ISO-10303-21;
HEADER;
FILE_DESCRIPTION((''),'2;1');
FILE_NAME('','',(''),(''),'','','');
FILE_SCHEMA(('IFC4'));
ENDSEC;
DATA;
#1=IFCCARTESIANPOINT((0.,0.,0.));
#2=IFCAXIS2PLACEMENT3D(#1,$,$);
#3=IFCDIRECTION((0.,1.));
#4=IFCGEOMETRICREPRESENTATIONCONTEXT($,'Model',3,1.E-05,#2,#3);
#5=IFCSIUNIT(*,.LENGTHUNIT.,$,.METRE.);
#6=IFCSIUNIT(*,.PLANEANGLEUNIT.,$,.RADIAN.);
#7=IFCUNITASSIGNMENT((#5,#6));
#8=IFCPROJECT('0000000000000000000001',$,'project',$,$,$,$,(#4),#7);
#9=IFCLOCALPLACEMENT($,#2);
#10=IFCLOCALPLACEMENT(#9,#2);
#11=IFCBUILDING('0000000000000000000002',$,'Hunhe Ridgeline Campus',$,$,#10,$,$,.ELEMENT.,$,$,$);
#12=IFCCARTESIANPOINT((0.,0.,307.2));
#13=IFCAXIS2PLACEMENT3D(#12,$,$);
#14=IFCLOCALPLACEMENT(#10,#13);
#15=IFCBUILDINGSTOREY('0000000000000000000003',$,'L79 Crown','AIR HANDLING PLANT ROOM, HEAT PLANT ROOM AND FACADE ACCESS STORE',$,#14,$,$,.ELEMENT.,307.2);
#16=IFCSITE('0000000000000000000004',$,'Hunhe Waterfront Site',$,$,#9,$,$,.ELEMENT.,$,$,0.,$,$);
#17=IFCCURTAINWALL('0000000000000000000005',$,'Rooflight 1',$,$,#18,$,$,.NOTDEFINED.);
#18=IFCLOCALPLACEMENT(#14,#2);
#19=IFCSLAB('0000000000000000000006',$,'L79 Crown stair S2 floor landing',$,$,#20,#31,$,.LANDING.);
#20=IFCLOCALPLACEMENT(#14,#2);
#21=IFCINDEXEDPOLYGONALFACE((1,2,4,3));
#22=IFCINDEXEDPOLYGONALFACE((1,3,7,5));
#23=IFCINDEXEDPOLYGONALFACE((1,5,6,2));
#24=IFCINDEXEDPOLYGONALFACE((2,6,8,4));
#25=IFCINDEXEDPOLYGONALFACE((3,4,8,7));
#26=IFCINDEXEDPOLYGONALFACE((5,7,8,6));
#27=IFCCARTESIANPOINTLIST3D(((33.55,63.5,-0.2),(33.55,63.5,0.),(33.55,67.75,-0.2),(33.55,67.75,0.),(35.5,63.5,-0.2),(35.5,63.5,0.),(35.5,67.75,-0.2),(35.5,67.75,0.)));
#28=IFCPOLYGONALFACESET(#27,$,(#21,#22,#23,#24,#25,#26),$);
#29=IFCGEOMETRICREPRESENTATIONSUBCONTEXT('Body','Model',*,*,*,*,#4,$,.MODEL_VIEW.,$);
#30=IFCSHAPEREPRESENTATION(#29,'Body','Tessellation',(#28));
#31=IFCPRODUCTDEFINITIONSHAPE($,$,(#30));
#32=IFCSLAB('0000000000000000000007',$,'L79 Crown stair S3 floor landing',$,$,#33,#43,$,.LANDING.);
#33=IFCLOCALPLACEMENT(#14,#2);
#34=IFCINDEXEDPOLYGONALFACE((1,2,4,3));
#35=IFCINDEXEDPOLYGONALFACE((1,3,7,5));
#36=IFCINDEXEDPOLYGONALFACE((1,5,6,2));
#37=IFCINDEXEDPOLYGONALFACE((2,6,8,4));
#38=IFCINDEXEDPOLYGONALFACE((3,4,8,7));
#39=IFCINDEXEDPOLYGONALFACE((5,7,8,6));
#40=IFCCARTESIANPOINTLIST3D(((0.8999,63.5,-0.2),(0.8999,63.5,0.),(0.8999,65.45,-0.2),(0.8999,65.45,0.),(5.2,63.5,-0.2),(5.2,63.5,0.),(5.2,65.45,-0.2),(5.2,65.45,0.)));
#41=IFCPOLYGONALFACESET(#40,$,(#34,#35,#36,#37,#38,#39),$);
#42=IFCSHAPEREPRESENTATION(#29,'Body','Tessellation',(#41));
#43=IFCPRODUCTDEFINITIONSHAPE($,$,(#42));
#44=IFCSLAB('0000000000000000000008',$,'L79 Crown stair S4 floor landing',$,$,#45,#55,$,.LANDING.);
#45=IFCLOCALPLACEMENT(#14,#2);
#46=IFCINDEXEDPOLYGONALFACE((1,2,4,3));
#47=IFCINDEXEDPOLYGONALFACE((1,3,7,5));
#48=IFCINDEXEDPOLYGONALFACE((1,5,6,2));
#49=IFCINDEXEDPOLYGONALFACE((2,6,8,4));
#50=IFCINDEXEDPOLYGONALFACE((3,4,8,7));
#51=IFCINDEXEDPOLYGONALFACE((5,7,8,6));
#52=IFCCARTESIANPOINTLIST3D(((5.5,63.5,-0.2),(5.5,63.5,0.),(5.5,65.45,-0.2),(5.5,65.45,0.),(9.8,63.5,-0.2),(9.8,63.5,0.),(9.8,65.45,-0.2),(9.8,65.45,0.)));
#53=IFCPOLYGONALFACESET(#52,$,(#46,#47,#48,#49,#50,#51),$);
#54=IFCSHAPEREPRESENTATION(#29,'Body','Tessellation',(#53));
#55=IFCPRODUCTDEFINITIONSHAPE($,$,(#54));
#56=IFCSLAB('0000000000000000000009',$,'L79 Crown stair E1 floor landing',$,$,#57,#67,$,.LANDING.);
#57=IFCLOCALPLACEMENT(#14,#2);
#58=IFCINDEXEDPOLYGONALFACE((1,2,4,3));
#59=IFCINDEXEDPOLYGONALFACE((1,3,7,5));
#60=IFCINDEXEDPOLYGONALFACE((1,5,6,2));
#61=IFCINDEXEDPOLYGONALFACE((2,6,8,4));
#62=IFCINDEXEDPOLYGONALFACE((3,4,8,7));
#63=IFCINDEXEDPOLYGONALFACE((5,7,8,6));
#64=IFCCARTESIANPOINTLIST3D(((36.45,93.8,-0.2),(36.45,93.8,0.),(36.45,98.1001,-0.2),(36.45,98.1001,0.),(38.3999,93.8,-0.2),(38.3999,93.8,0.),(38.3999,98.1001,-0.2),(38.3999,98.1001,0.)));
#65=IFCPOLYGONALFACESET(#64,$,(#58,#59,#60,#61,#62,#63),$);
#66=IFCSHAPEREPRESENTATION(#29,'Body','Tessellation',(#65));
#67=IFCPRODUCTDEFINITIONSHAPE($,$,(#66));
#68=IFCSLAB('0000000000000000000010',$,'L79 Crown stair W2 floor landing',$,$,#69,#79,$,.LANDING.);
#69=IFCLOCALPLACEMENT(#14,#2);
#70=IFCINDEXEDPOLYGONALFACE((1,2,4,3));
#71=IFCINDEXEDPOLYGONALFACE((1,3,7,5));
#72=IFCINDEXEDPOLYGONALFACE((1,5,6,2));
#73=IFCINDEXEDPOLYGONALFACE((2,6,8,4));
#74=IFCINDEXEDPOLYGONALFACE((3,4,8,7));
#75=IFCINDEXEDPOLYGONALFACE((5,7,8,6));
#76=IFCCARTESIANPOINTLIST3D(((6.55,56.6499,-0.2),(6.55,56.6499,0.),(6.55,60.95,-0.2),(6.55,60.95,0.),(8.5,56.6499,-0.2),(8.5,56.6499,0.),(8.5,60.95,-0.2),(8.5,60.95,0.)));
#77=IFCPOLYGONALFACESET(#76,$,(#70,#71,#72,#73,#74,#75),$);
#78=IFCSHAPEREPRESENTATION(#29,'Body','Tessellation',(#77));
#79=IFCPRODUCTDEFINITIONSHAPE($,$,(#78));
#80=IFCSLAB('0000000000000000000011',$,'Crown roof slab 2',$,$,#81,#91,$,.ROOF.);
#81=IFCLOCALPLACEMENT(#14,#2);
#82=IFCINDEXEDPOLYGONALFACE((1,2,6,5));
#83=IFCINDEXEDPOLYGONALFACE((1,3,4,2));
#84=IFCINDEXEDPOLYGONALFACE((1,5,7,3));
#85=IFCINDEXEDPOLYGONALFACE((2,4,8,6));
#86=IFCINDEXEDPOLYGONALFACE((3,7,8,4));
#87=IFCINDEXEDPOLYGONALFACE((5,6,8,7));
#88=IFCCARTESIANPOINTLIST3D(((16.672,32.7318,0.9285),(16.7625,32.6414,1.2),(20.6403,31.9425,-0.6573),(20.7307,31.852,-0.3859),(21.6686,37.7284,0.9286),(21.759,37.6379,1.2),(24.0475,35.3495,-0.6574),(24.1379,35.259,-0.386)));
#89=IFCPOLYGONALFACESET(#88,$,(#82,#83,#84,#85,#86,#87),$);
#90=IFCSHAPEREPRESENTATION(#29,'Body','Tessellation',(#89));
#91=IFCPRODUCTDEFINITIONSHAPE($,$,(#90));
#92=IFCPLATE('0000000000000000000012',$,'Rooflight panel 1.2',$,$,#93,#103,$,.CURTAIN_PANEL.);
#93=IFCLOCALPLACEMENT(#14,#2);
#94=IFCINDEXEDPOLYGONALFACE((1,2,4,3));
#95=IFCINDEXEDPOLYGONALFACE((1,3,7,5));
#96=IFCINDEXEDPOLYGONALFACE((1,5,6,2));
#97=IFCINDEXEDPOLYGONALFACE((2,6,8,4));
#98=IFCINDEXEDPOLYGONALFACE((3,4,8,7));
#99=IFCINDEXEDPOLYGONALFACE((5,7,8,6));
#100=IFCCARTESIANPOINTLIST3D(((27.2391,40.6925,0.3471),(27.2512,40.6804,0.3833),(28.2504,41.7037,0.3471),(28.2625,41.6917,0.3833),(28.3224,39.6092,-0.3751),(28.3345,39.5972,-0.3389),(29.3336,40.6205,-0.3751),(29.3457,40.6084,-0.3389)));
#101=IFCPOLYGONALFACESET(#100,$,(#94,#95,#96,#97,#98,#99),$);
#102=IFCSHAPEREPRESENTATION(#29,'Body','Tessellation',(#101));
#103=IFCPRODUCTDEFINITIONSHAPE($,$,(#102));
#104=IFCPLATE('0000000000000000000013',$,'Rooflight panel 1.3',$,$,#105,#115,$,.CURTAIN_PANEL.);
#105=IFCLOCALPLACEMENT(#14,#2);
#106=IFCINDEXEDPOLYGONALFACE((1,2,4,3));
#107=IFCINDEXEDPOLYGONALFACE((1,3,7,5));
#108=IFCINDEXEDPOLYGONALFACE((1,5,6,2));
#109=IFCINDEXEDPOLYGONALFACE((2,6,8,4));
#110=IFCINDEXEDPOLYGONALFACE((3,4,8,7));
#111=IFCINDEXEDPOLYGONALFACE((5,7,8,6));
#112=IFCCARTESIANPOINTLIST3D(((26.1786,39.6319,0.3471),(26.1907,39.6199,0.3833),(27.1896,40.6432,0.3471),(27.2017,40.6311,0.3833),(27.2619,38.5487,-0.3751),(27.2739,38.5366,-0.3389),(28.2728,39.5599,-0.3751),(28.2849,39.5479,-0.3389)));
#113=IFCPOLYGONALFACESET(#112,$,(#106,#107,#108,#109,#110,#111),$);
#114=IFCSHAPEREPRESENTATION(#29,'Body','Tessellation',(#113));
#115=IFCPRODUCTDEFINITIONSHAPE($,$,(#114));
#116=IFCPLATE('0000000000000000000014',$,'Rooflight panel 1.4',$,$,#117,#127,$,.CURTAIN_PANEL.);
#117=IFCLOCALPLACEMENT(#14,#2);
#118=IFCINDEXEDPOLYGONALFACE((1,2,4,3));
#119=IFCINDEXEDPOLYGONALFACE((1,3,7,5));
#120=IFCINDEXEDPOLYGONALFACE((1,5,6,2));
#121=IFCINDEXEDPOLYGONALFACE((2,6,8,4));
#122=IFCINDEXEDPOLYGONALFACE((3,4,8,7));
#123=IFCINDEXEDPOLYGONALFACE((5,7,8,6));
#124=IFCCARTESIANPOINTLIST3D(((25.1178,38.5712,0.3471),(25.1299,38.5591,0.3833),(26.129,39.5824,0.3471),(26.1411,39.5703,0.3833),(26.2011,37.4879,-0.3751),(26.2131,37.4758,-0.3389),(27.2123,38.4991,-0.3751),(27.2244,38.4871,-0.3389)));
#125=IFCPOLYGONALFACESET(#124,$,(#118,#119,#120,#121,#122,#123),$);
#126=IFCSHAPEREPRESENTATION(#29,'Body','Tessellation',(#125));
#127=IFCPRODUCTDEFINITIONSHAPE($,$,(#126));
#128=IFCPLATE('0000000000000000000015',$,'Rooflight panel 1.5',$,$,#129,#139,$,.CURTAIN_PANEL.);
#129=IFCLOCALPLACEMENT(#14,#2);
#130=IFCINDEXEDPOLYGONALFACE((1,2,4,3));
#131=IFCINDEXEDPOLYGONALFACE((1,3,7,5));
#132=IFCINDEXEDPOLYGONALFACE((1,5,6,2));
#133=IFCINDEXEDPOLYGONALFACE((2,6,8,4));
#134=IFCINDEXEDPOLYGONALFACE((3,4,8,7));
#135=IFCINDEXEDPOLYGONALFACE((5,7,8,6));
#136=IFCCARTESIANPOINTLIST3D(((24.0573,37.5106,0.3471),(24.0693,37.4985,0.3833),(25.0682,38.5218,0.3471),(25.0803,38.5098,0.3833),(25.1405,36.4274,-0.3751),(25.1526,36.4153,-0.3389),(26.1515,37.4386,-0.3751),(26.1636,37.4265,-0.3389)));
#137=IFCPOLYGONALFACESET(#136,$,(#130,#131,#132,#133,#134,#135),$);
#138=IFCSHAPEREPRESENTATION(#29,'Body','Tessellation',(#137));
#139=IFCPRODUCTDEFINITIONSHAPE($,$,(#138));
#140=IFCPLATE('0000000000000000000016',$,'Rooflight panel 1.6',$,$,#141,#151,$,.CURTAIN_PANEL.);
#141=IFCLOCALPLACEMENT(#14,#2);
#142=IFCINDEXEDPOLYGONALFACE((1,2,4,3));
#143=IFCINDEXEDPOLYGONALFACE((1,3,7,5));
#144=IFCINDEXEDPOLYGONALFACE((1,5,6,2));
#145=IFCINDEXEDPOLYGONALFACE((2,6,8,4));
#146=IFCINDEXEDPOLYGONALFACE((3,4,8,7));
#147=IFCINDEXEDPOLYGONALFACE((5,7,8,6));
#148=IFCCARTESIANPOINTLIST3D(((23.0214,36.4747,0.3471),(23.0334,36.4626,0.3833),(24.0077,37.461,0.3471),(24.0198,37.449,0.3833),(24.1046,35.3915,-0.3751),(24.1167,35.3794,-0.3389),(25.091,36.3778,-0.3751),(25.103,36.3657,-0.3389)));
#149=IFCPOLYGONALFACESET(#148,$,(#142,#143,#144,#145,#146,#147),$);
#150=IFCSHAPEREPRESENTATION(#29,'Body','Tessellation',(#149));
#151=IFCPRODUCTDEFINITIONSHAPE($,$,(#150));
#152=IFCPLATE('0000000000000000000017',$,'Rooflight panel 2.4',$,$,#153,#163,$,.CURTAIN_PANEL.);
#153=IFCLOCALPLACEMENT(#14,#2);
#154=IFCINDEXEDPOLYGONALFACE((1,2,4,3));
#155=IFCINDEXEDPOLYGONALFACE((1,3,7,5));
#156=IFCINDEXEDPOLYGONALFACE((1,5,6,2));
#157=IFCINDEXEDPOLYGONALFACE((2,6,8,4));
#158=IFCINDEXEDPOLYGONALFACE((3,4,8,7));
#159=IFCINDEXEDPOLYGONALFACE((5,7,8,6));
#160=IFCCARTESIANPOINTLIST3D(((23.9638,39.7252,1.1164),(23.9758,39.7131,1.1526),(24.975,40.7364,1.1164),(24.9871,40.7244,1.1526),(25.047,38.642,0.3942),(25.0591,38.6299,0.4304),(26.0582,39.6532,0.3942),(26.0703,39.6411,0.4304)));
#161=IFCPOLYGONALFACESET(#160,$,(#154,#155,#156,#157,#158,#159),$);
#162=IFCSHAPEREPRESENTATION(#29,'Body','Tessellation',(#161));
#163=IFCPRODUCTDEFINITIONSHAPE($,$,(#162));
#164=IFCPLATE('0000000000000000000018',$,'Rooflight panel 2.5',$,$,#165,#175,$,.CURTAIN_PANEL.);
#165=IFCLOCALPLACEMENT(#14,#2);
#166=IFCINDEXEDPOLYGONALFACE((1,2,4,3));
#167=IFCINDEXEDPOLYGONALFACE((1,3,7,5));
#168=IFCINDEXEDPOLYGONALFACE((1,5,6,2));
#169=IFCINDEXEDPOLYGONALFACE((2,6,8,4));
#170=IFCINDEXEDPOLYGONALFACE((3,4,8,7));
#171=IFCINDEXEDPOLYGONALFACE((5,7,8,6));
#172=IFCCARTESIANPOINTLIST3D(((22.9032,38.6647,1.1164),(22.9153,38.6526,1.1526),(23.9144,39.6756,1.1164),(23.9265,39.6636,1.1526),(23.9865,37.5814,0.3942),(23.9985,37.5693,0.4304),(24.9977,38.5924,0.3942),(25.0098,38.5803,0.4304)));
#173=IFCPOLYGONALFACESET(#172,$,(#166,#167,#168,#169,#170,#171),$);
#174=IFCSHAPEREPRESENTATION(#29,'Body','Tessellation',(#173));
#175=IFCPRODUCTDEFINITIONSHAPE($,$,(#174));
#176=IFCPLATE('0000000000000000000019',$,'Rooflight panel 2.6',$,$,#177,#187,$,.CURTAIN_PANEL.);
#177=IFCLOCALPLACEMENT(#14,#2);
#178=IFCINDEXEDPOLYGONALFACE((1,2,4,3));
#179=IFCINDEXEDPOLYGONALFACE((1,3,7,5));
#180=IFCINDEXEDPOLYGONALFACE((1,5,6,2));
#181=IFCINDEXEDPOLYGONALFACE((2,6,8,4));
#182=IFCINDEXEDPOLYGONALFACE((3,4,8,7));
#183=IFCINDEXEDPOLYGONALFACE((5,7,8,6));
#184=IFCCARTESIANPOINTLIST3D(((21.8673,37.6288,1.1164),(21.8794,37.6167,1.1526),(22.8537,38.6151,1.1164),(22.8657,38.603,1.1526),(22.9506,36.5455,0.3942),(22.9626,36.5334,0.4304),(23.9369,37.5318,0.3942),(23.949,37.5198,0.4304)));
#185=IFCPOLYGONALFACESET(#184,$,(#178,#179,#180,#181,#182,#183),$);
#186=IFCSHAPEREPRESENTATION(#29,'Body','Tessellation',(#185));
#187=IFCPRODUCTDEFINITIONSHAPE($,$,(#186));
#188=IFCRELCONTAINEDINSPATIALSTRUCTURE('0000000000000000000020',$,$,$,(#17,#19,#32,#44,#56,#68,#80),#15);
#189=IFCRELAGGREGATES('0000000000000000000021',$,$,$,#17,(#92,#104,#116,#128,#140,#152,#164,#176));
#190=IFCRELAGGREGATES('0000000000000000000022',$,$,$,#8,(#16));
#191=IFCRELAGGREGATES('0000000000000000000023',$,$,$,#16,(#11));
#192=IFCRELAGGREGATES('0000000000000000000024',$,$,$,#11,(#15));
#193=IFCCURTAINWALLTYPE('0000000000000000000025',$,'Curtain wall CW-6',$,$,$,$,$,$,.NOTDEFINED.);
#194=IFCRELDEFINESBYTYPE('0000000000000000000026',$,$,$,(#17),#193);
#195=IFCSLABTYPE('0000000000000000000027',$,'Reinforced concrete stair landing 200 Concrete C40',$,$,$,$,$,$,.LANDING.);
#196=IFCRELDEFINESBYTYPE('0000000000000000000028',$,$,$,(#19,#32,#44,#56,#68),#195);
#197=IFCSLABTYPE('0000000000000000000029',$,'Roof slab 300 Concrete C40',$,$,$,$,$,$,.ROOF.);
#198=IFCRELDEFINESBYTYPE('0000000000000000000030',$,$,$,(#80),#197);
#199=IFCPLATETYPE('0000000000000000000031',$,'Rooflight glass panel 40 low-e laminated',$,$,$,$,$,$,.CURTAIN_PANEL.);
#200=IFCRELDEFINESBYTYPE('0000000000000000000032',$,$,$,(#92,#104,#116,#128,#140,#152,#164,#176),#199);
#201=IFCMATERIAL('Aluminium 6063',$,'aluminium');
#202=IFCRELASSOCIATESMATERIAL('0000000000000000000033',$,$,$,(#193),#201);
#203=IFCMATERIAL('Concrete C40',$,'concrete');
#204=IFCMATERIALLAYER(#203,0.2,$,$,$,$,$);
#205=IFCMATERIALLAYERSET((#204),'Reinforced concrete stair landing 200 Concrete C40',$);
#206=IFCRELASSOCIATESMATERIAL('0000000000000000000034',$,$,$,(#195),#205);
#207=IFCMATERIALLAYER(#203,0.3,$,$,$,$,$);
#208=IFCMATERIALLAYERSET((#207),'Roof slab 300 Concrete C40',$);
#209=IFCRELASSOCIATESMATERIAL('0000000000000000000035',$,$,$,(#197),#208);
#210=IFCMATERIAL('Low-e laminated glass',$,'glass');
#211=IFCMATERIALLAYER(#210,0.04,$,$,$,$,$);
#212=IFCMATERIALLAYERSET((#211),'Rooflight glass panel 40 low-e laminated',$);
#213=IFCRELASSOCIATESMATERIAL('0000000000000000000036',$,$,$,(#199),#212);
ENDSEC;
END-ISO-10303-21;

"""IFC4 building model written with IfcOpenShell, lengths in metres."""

from ifc_helpers import new_model, si_unit, direction, frame, origin, place, context, subcontext, project, spatial, polyline, outline, extrude, material, layer, layer_set, type_object, element, aggregate, save


model = new_model("IFC4")

# Units and contexts
model_context = context("Model", 3, precision=1e-05, world=origin(), true_north=direction((0.0, 1.0)))
body_context = subcontext(model_context, "Body", "Model", "MODEL_VIEW")
ifc_project = project(units=[si_unit("LENGTHUNIT", "METRE"), si_unit("PLANEANGLEUNIT", "RADIAN")], contexts=[model_context])

# Site, building, storey
site_placement = place(None, origin())
site = spatial("IfcSite", under=ifc_project, at=site_placement, Name="Hunhe Waterfront Site", CompositionType="ELEMENT", RefElevation=0.0)
building_placement = place(site_placement, origin())
building = spatial("IfcBuilding", under=site, at=building_placement, Name="Hunhe Ridgeline Campus", CompositionType="ELEMENT")
storey_placement = place(building_placement, frame((0.0, 0.0, 307.2)))
storey = spatial("IfcBuildingStorey", under=building, at=storey_placement, Name="L79 Crown", Description="AIR HANDLING PLANT ROOM, HEAT PLANT ROOM AND FACADE ACCESS STORE", CompositionType="ELEMENT", Elevation=307.2)

# Curtain wall
ifc_material_1 = material(Name="Aluminium 6063", Category="aluminium")
curtain_wall_type = type_object("IfcCurtainWallType", Name="Curtain wall CW-6", PredefinedType="NOTDEFINED", material=ifc_material_1)
curtain_wall_placement = place(storey_placement, origin())
curtain_wall = element("IfcCurtainWall", 1, at=curtain_wall_placement, inside=storey, type_object=curtain_wall_type, Name="Rooflight 1", PredefinedType="NOTDEFINED")

# Slabs
ifc_material_2 = material(Name="Concrete C40", Category="concrete")
ifc_layer_1 = layer(ifc_material_2, 0.2)
ifc_layer_set_1 = layer_set([ifc_layer_1], Name="Reinforced concrete stair landing 200 Concrete C40")
slab_type_1 = type_object("IfcSlabType", Name="Reinforced concrete stair landing 200 Concrete C40", PredefinedType="LANDING", material=ifc_layer_set_1)
slab_1_placement = place(storey_placement, frame((0.0, 0.0, -0.2)))
element("IfcSlab", 2, at=slab_1_placement, inside=storey, type_object=slab_type_1, Name="L79 Crown stair S2 floor landing", PredefinedType="LANDING", context=body_context, shape_type="SweptSolid", body=[
    extrude(outline(polyline([(35.5, 67.75), (33.55, 67.75), (33.55, 63.5), (35.5, 63.5), (35.5, 67.75)])), origin(), (0.0, 0.0, 1.0), 0.2),
])
slab_2_placement = place(storey_placement, frame((0.0, 0.0, -0.2)))
element("IfcSlab", 3, at=slab_2_placement, inside=storey, type_object=slab_type_1, Name="L79 Crown stair S3 floor landing", PredefinedType="LANDING", context=body_context, shape_type="SweptSolid", body=[
    extrude(outline(polyline([(5.2, 63.5), (5.2, 65.45), (0.8999, 65.45), (0.8999, 63.5), (5.2, 63.5)])), origin(), (0.0, 0.0, 1.0), 0.2),
])
slab_3_placement = place(storey_placement, frame((0.0, 0.0, -0.2)))
element("IfcSlab", 4, at=slab_3_placement, inside=storey, type_object=slab_type_1, Name="L79 Crown stair S4 floor landing", PredefinedType="LANDING", context=body_context, shape_type="SweptSolid", body=[
    extrude(outline(polyline([(9.8, 63.5), (9.8, 65.45), (5.5, 65.45), (5.5, 63.5), (9.8, 63.5)])), origin(), (0.0, 0.0, 1.0), 0.2),
])
slab_4_placement = place(storey_placement, frame((0.0, 0.0, -0.2)))
element("IfcSlab", 5, at=slab_4_placement, inside=storey, type_object=slab_type_1, Name="L79 Crown stair E1 floor landing", PredefinedType="LANDING", context=body_context, shape_type="SweptSolid", body=[
    extrude(outline(polyline([(36.45, 93.8), (38.3999, 93.8), (38.3999, 98.1001), (36.45, 98.1001), (36.45, 93.8)])), origin(), (0.0, 0.0, 1.0), 0.2),
])
slab_5_placement = place(storey_placement, frame((0.0, 0.0, -0.2)))
element("IfcSlab", 6, at=slab_5_placement, inside=storey, type_object=slab_type_1, Name="L79 Crown stair W2 floor landing", PredefinedType="LANDING", context=body_context, shape_type="SweptSolid", body=[
    extrude(outline(polyline([(8.5, 60.95), (6.55, 60.95), (6.55, 56.6499), (8.5, 56.6499), (8.5, 60.95)])), origin(), (0.0, 0.0, 1.0), 0.2),
])
ifc_layer_2 = layer(ifc_material_2, 0.3)
ifc_layer_set_2 = layer_set([ifc_layer_2], Name="Roof slab 300 Concrete C40")
slab_type_2 = type_object("IfcSlabType", Name="Roof slab 300 Concrete C40", PredefinedType="ROOF", material=ifc_layer_set_2)
slab_6_placement = place(storey_placement, frame((24.1379, 35.259, -0.386), z_axis=(0.301514, -0.301523, 0.904529), x_axis=(-0.639599, 0.639599, 0.426412)))
element("IfcSlab", 7, at=slab_6_placement, inside=storey, type_object=slab_type_2, Name="Crown roof slab 2", PredefinedType="ROOF", context=body_context, shape_type="SweptSolid", body=[
    extrude(outline(polyline([(0.0, 0.0), (3.7194, 0.0), (3.7194, 7.0662), (0.0002, 4.8184), (0.0, 0.0)])), origin(), (0.0, 0.0, -1.0), 0.3),
])

# Plates
ifc_material_3 = material(Name="Low-e laminated glass", Category="glass")
ifc_layer_3 = layer(ifc_material_3, 0.04)
ifc_layer_set_3 = layer_set([ifc_layer_3], Name="Rooflight glass panel 40 low-e laminated")
plate_type = type_object("IfcPlateType", Name="Rooflight glass panel 40 low-e laminated", PredefinedType="CURTAIN_PANEL", material=ifc_layer_set_3)
plate_1_placement = place(storey_placement, frame((29.3457, 40.6084, -0.3389), z_axis=(0.301511, -0.301511, 0.904534), x_axis=(-0.639602, 0.639602, 0.426401)))
plate_1 = element("IfcPlate", 8, at=plate_1_placement, type_object=plate_type, Name="Rooflight panel 1.2", PredefinedType="CURTAIN_PANEL", context=body_context, shape_type="SweptSolid", body=[
    extrude(outline(polyline([(0.0, 0.0), (1.6936, 0.0), (1.6936, 1.4301), (0.0, 1.4301), (0.0, 0.0)])), origin(), (0.0, 0.0, -1.0), 0.04),
])
plate_2_placement = place(storey_placement, frame((28.2849, 39.5479, -0.3389), z_axis=(0.301548, -0.301475, 0.904534), x_axis=(-0.639602, 0.639602, 0.426401)))
plate_2 = element("IfcPlate", 9, at=plate_2_placement, type_object=plate_type, Name="Rooflight panel 1.3", PredefinedType="CURTAIN_PANEL", context=body_context, shape_type="SweptSolid", body=[
    extrude(outline(polyline([(0.0, 0.0), (1.6936, 0.0), (1.6935, 1.4299), (-0.0002, 1.4299), (0.0, 0.0)])), origin(), (0.0, 0.0, -1.0), 0.04),
])
plate_3_placement = place(storey_placement, frame((27.2244, 38.4871, -0.3389), z_axis=(0.301511, -0.301511, 0.904534), x_axis=(-0.639602, 0.639602, 0.426401)))
plate_3 = element("IfcPlate", 10, at=plate_3_placement, type_object=plate_type, Name="Rooflight panel 1.4", PredefinedType="CURTAIN_PANEL", context=body_context, shape_type="SweptSolid", body=[
    extrude(outline(polyline([(0.0, 0.0), (1.6936, 0.0), (1.6936, 1.4301), (0.0, 1.4301), (0.0, 0.0)])), origin(), (0.0, 0.0, -1.0), 0.04),
])
plate_4_placement = place(storey_placement, frame((26.1636, 37.4265, -0.3389), z_axis=(0.301548, -0.301475, 0.904534), x_axis=(-0.639602, 0.639602, 0.426401)))
plate_4 = element("IfcPlate", 11, at=plate_4_placement, type_object=plate_type, Name="Rooflight panel 1.5", PredefinedType="CURTAIN_PANEL", context=body_context, shape_type="SweptSolid", body=[
    extrude(outline(polyline([(0.0, 0.0), (1.6936, 0.0), (1.6935, 1.4299), (-0.0002, 1.4299), (0.0, 0.0)])), origin(), (0.0, 0.0, -1.0), 0.04),
])
plate_5_placement = place(storey_placement, frame((25.103, 36.3657, -0.3389), z_axis=(0.301511, -0.301511, 0.904534), x_axis=(-0.639602, 0.639602, 0.426401)))
plate_5 = element("IfcPlate", 12, at=plate_5_placement, type_object=plate_type, Name="Rooflight panel 1.6", PredefinedType="CURTAIN_PANEL", context=body_context, shape_type="SweptSolid", body=[
    extrude(outline(polyline([(0.0, 0.0), (1.6936, 0.0), (1.6936, 1.3949), (0.0, 1.3949), (0.0, 0.0)])), origin(), (0.0, 0.0, -1.0), 0.04),
])
plate_6_placement = place(storey_placement, frame((26.0703, 39.6411, 0.4304), z_axis=(0.301511, -0.301511, 0.904534), x_axis=(-0.639602, 0.639602, 0.426401)))
plate_6 = element("IfcPlate", 13, at=plate_6_placement, type_object=plate_type, Name="Rooflight panel 2.4", PredefinedType="CURTAIN_PANEL", context=body_context, shape_type="SweptSolid", body=[
    extrude(outline(polyline([(0.0, 0.0), (1.6936, 0.0), (1.6936, 1.4301), (0.0, 1.4301), (0.0, 0.0)])), origin(), (0.0, 0.0, -1.0), 0.04),
])
plate_7_placement = place(storey_placement, frame((25.0098, 38.5803, 0.4304), z_axis=(0.301475, -0.301548, 0.904534), x_axis=(-0.639602, 0.639602, 0.426401)))
plate_7 = element("IfcPlate", 14, at=plate_7_placement, type_object=plate_type, Name="Rooflight panel 2.5", PredefinedType="CURTAIN_PANEL", context=body_context, shape_type="SweptSolid", body=[
    extrude(outline(polyline([(0.0, 0.0), (1.6936, 0.0), (1.6938, 1.4299), (0.0002, 1.4299), (0.0, 0.0)])), origin(), (0.0, 0.0, -1.0), 0.04),
])
plate_8_placement = place(storey_placement, frame((23.949, 37.5198, 0.4304), z_axis=(0.301511, -0.301511, 0.904534), x_axis=(-0.639602, 0.639602, 0.426401)))
plate_8 = element("IfcPlate", 15, at=plate_8_placement, type_object=plate_type, Name="Rooflight panel 2.6", PredefinedType="CURTAIN_PANEL", context=body_context, shape_type="SweptSolid", body=[
    extrude(outline(polyline([(0.0, 0.0), (1.6936, 0.0), (1.6936, 1.3949), (0.0, 1.3949), (0.0, 0.0)])), origin(), (0.0, 0.0, -1.0), 0.04),
])
aggregate(curtain_wall, [plate_1, plate_2, plate_3, plate_4, plate_5, plate_6, plate_7, plate_8])

save(model, "model.ifc")
